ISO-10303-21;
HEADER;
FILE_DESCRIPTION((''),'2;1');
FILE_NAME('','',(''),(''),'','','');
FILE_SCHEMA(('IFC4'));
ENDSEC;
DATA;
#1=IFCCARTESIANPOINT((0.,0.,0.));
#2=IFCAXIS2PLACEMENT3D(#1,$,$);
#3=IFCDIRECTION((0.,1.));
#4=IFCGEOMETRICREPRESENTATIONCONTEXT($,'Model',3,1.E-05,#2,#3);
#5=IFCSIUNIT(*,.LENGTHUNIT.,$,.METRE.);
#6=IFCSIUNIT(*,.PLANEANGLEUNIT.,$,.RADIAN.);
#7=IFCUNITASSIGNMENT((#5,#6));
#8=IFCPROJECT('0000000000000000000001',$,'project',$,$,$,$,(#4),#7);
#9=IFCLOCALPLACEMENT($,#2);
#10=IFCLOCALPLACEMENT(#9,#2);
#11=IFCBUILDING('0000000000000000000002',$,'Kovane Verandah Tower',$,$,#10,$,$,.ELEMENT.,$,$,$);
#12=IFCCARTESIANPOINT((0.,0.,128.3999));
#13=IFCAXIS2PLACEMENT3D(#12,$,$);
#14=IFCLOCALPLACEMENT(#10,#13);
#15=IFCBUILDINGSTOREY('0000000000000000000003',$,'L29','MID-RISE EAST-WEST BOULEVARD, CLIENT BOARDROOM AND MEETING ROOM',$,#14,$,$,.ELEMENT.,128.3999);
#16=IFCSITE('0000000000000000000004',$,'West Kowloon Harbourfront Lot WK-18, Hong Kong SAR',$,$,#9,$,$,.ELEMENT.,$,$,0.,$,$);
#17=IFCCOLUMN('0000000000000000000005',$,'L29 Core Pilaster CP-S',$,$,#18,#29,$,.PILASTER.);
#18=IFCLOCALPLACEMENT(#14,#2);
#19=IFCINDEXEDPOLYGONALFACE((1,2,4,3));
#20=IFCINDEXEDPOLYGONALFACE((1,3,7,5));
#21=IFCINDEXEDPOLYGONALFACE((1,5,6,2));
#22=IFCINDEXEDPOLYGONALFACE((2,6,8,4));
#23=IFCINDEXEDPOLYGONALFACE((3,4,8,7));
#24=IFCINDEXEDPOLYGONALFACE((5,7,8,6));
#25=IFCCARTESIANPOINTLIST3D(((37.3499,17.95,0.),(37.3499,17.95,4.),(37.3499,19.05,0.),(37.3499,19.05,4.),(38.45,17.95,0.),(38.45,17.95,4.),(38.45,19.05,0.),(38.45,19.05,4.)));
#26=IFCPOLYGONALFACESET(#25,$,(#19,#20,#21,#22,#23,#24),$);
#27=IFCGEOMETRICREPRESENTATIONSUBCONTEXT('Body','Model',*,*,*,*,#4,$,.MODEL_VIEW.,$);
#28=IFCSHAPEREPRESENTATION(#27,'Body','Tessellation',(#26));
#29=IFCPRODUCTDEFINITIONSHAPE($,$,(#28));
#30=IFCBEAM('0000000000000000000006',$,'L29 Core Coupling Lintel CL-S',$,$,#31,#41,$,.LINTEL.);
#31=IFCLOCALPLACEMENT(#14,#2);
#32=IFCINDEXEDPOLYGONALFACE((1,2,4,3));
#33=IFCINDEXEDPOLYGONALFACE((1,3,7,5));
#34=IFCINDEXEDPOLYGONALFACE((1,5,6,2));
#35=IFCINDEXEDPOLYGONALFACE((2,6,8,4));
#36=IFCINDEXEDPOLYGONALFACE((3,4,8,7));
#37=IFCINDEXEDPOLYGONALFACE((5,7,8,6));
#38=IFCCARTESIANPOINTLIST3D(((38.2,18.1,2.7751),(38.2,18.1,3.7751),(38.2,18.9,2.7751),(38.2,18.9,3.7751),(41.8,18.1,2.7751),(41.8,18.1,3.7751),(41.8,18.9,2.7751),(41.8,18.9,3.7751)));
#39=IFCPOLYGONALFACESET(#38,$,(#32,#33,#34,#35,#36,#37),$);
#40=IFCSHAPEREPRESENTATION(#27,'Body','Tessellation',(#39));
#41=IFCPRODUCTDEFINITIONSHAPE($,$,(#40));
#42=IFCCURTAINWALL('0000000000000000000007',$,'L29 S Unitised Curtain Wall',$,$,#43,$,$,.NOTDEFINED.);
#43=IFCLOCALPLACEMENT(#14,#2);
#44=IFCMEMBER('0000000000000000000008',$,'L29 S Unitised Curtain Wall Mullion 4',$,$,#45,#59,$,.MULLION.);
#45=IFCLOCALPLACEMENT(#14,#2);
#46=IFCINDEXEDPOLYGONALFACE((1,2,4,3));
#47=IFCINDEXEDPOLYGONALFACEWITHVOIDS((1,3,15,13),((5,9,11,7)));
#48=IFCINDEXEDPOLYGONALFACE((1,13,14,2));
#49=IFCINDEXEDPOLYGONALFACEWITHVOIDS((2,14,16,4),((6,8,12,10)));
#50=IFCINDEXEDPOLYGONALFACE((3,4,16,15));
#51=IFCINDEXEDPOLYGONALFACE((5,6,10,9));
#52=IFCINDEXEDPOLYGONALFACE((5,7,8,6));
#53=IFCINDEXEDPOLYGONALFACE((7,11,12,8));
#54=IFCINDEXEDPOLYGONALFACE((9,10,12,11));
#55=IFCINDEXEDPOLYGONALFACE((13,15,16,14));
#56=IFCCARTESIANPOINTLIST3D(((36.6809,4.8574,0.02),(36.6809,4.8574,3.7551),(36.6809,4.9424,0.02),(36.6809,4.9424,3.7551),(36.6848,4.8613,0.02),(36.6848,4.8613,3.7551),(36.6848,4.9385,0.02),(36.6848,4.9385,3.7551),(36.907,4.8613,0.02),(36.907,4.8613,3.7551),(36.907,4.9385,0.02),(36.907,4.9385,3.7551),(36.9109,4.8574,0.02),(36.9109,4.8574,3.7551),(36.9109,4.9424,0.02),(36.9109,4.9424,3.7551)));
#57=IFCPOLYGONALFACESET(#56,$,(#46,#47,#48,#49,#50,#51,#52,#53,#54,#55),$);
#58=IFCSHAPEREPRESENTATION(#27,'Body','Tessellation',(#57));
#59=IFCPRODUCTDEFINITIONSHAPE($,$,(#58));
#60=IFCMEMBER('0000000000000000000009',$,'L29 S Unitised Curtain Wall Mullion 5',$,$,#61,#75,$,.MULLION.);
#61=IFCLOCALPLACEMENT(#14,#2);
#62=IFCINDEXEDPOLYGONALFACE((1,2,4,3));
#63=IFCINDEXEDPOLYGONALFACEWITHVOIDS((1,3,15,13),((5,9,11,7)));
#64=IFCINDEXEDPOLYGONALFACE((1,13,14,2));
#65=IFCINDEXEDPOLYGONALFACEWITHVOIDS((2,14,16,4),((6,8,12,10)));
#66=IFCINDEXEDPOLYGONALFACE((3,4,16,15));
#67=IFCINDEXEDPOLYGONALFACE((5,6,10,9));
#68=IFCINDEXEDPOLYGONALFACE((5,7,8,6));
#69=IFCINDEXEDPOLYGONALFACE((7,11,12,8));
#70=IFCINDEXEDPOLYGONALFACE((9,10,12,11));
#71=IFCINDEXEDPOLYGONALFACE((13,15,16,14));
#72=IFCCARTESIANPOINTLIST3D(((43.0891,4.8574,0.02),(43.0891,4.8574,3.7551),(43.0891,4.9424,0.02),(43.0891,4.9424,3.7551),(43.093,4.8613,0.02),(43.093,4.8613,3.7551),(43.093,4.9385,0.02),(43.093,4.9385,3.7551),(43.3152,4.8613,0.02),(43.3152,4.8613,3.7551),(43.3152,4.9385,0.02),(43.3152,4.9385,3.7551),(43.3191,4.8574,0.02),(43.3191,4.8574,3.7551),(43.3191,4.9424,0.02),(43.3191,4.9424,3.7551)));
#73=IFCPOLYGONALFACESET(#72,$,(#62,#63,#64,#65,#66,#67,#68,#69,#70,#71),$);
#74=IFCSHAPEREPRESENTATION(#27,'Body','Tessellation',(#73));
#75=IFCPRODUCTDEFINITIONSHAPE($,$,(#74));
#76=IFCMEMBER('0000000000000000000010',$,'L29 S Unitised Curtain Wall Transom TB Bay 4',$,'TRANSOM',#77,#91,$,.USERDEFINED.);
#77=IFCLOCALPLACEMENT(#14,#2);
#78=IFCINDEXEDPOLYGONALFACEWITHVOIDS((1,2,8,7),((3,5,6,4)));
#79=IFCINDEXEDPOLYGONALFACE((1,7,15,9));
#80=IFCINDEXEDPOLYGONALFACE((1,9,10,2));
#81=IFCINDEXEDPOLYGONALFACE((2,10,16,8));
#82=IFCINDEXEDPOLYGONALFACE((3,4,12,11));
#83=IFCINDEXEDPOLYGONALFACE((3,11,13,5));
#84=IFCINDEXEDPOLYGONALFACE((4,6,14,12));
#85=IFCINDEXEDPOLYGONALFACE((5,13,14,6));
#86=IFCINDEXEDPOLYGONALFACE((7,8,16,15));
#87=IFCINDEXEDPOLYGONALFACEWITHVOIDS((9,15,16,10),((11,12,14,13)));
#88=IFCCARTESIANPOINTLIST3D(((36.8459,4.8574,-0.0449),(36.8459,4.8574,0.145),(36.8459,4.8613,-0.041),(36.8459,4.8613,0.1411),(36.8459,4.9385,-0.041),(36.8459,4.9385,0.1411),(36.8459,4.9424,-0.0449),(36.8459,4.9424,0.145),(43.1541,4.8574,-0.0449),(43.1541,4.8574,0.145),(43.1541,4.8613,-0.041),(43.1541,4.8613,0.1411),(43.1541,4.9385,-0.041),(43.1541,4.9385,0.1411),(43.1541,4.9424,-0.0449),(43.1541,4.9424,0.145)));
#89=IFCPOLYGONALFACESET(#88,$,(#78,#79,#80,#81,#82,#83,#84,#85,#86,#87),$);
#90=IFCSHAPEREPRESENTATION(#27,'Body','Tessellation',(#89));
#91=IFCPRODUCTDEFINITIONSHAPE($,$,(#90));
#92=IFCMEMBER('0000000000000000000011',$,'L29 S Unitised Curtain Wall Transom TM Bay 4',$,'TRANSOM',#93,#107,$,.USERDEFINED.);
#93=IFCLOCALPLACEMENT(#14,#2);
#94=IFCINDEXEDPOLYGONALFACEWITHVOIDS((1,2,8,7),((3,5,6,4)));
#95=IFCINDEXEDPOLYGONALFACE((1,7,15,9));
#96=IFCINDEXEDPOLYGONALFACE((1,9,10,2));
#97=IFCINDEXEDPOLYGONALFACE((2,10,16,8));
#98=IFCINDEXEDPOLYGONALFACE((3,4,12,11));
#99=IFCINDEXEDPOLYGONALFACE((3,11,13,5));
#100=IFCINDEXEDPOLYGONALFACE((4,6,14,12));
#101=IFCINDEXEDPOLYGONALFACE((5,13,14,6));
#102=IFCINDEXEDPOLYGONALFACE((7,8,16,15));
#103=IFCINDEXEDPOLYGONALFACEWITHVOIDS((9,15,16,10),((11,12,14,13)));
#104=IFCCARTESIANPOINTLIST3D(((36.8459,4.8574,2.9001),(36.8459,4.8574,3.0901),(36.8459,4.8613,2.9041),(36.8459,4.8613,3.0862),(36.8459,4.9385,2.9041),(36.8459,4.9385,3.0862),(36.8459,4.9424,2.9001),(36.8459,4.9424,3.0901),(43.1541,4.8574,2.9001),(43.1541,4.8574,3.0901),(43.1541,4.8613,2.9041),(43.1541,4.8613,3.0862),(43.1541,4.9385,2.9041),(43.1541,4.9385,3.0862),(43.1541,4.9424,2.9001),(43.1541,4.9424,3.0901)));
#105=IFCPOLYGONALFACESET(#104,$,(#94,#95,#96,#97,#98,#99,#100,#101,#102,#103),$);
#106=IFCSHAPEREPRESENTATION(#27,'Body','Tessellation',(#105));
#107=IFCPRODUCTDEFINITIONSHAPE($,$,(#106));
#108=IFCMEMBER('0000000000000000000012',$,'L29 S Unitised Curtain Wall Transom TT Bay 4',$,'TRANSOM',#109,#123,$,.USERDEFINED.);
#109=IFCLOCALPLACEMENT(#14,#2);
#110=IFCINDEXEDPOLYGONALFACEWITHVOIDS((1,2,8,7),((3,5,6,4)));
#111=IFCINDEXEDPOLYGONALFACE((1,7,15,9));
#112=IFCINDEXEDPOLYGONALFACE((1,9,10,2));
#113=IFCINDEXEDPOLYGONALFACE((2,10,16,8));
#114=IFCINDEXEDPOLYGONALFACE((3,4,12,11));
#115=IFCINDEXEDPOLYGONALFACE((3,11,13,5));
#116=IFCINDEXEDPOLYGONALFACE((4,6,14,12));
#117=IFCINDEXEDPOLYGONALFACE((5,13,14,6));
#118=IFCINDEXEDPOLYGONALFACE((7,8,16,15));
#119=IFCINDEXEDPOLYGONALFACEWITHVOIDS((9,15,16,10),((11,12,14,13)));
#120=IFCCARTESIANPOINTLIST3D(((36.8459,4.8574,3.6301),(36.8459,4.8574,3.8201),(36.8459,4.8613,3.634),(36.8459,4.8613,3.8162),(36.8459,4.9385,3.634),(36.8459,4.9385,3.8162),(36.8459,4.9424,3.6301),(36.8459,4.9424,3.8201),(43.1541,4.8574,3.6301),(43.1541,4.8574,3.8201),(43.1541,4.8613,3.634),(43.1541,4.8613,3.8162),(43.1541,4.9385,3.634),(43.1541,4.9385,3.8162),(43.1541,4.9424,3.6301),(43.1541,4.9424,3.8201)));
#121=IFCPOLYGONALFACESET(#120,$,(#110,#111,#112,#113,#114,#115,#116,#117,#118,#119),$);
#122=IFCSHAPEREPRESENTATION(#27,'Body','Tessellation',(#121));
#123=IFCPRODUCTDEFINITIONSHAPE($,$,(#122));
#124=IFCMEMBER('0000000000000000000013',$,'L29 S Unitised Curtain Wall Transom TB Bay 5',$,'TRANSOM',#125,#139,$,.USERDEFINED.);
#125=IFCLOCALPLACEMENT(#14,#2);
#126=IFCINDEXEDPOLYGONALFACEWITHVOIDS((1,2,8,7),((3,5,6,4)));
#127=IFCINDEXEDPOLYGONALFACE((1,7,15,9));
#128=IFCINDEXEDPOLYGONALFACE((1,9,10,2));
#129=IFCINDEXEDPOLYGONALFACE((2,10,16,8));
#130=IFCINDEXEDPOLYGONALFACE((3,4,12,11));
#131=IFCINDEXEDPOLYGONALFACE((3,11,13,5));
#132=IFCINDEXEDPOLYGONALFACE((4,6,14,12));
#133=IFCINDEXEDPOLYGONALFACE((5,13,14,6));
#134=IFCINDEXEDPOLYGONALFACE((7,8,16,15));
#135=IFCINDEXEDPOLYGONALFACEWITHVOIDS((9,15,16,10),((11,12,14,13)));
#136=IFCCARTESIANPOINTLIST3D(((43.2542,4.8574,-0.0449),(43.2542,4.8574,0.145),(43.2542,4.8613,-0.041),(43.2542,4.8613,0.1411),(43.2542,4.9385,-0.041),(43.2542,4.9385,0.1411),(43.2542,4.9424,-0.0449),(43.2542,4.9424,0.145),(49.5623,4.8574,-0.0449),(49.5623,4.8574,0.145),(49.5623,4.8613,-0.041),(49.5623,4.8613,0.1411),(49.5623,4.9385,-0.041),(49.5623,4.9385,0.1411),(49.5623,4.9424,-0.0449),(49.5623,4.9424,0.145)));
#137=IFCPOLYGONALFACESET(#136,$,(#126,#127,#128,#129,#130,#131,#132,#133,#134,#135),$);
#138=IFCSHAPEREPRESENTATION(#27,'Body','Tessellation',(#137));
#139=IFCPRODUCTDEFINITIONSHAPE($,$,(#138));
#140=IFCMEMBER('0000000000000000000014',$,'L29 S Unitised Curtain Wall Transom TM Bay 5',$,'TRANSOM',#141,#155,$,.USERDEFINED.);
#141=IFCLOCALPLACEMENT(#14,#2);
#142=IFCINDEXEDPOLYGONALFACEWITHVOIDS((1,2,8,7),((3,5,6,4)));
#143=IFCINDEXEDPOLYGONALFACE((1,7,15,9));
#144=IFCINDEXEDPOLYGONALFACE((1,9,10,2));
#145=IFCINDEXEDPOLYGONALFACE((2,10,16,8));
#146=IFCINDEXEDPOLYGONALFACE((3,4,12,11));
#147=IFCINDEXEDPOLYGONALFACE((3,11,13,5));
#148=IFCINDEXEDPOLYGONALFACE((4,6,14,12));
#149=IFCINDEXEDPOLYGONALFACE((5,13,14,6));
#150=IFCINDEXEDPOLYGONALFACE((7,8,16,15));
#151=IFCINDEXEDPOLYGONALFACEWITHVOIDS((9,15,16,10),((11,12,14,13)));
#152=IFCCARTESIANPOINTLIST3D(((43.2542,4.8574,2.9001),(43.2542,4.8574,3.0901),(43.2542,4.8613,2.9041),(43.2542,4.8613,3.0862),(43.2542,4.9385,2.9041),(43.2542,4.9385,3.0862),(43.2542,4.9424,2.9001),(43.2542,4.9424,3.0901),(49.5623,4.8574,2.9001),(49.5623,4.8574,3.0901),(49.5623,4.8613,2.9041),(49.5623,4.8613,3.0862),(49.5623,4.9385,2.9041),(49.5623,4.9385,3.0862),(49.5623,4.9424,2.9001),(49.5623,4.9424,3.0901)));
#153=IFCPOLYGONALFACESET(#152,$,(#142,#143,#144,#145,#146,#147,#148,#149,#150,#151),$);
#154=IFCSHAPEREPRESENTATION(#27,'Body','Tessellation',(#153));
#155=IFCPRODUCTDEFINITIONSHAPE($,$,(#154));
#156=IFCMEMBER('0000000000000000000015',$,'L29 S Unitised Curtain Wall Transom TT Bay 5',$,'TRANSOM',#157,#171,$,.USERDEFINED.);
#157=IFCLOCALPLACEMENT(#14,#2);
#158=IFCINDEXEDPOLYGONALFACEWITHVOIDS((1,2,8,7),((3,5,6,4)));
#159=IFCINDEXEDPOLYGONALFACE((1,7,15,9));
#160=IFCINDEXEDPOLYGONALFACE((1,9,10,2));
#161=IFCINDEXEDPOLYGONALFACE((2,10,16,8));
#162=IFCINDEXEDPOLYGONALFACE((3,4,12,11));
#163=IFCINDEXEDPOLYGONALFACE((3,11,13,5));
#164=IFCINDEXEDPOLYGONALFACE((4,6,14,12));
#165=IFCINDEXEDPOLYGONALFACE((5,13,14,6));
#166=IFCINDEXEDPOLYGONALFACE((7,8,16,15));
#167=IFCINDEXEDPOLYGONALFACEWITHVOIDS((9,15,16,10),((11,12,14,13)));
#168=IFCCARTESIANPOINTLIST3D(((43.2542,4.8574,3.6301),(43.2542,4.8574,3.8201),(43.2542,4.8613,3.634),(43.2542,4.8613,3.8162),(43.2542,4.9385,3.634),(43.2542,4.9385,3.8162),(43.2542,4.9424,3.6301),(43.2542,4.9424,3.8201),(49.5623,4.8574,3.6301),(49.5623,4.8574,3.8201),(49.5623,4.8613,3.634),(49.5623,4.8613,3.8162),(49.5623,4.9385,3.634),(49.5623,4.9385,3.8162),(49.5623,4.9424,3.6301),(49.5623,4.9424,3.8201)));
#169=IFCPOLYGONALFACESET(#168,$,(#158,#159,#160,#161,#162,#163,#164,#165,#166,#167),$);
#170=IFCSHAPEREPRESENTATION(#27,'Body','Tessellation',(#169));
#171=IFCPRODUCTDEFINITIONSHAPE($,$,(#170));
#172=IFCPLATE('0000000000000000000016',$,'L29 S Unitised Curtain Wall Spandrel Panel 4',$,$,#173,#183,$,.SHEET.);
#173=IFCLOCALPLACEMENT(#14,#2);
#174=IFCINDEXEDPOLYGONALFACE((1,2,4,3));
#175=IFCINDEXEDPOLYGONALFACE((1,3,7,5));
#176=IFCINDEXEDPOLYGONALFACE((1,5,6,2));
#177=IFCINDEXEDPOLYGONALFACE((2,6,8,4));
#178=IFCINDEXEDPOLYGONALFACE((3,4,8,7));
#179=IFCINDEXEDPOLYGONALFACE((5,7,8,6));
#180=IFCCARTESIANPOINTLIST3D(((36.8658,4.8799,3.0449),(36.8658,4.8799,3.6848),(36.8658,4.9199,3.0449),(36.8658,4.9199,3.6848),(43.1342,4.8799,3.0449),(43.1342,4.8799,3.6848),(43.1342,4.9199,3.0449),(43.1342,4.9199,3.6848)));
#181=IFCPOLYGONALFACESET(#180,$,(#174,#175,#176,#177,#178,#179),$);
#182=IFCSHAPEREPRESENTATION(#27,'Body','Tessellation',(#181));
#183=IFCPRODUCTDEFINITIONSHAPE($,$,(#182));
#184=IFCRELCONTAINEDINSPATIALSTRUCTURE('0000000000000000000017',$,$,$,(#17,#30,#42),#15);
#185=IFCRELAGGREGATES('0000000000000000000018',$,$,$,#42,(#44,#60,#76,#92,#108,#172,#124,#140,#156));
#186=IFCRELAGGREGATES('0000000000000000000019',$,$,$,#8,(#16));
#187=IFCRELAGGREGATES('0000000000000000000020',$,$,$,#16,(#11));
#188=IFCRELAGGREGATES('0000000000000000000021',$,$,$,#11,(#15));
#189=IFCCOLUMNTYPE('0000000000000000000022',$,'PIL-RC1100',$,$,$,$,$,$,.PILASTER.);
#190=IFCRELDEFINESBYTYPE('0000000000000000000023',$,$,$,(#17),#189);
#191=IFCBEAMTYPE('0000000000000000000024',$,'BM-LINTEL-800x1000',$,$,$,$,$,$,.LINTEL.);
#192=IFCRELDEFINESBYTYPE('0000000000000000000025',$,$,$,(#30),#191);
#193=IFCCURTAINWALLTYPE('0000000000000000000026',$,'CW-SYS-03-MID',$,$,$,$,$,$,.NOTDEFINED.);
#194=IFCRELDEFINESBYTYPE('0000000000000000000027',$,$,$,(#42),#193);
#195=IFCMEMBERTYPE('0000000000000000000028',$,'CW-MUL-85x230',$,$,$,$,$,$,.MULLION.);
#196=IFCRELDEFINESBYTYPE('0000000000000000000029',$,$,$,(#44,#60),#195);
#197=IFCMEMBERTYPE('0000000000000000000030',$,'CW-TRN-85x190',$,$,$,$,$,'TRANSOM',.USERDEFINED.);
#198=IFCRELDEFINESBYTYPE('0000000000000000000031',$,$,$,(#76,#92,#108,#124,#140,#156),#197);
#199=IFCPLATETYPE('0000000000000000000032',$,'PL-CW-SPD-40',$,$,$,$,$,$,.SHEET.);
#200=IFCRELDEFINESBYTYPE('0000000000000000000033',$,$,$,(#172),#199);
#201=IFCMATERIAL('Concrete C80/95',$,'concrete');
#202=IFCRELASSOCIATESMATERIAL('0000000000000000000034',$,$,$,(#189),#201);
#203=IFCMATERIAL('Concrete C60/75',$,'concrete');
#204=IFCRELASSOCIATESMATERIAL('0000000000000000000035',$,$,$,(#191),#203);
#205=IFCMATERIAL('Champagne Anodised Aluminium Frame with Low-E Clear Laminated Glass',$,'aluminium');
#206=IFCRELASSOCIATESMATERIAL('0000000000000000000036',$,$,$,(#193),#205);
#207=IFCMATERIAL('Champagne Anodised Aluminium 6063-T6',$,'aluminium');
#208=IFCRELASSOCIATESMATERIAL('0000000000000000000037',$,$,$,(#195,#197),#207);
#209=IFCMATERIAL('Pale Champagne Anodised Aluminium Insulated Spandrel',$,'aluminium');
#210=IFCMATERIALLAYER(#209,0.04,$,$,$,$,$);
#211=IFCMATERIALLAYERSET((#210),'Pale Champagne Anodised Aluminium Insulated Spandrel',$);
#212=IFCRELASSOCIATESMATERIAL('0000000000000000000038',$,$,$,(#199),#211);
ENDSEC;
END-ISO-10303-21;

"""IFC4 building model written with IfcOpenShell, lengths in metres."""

from ifc_helpers import new_model, si_unit, direction, frame, origin, origin_2d, place, context, subcontext, project, spatial, rectangle, hollow_rectangle, extrude, material, layer, layer_set, material_profile, profile_set, type_object, element, aggregate, save


model = new_model("IFC4")

# Units and contexts
model_context = context("Model", 3, precision=1e-05, world=origin(), true_north=direction((0.0, 1.0)))
body_context = subcontext(model_context, "Body", "Model", "MODEL_VIEW")
ifc_project = project(units=[si_unit("LENGTHUNIT", "METRE"), si_unit("PLANEANGLEUNIT", "RADIAN")], contexts=[model_context])

# Site, building, storey
site_placement = place(None, origin())
site = spatial("IfcSite", under=ifc_project, at=site_placement, Name="West Kowloon Harbourfront Lot WK-18, Hong Kong SAR", CompositionType="ELEMENT", RefElevation=0.0)
building_placement = place(site_placement, origin())
building = spatial("IfcBuilding", under=site, at=building_placement, Name="Kovane Verandah Tower", CompositionType="ELEMENT")
storey_placement = place(building_placement, frame((0.0, 0.0, 128.3999)))
storey = spatial("IfcBuildingStorey", under=building, at=storey_placement, Name="L29", Description="MID-RISE EAST-WEST BOULEVARD, CLIENT BOARDROOM AND MEETING ROOM", CompositionType="ELEMENT", Elevation=128.3999)

# Column
ifc_material_1 = material(Name="Concrete C80/95", Category="concrete")
ifc_material_profile_1 = material_profile(ifc_material_1, rectangle(XDim=1.1001, YDim=1.1001, at=origin_2d()), Name="RC1100x1100")
ifc_profile_set_1 = profile_set([ifc_material_profile_1], Name="Concrete C80/95")
column_type = type_object("IfcColumnType", Name="PIL-RC1100", PredefinedType="PILASTER", material=ifc_profile_set_1)
column_placement = place(storey_placement, frame((37.8999, 18.5, 0.0), z_axis=(0.0, 0.0, 1.0), x_axis=(1.0, 0.0, 0.0)))
element("IfcColumn", 1, at=column_placement, inside=storey, type_object=column_type, Name="L29 Core Pilaster CP-S", PredefinedType="PILASTER", context=body_context, shape_type="SweptSolid", body=[
    extrude(rectangle(XDim=1.1001, YDim=1.1001, at=origin_2d()), origin(), (0.0, 0.0, 1.0), 4.0),
])

# Beam
ifc_material_2 = material(Name="Concrete C60/75", Category="concrete")
ifc_material_profile_2 = material_profile(ifc_material_2, rectangle(XDim=0.8, YDim=1.0, at=origin_2d()), Name="RCB800x1000")
ifc_profile_set_2 = profile_set([ifc_material_profile_2], Name="Concrete C60/75")
beam_type = type_object("IfcBeamType", Name="BM-LINTEL-800x1000", PredefinedType="LINTEL", material=ifc_profile_set_2)
beam_placement = place(storey_placement, frame((38.2, 18.5, 3.2751), z_axis=(1.0, 0.0, 0.0), x_axis=(0.0, 1.0, 0.0)))
element("IfcBeam", 2, at=beam_placement, inside=storey, type_object=beam_type, Name="L29 Core Coupling Lintel CL-S", PredefinedType="LINTEL", context=body_context, shape_type="SweptSolid", body=[
    extrude(rectangle(XDim=0.8, YDim=1.0, at=origin_2d()), origin(), (0.0, 0.0, 1.0), 3.6001),
])

# Curtain wall, members, plate
ifc_material_3 = material(Name="Champagne Anodised Aluminium Frame with Low-E Clear Laminated Glass", Category="aluminium")
curtain_wall_type = type_object("IfcCurtainWallType", Name="CW-SYS-03-MID", PredefinedType="NOTDEFINED", material=ifc_material_3)
curtain_wall_placement = place(storey_placement, origin())
curtain_wall = element("IfcCurtainWall", 3, at=curtain_wall_placement, inside=storey, type_object=curtain_wall_type, Name="L29 S Unitised Curtain Wall", PredefinedType="NOTDEFINED")
ifc_material_4 = material(Name="Champagne Anodised Aluminium 6063-T6", Category="aluminium")
ifc_material_profile_3 = material_profile(ifc_material_4, hollow_rectangle(XDim=0.085, YDim=0.23, WallThickness=0.0039, at=origin_2d()), Name="AL85x230x4")
ifc_profile_set_3 = profile_set([ifc_material_profile_3], Name="Champagne Anodised Aluminium 6063-T6")
member_type_1 = type_object("IfcMemberType", Name="CW-MUL-85x230", PredefinedType="MULLION", material=ifc_profile_set_3)
member_1_placement = place(storey_placement, frame((36.7959, 4.8999, 0.02), z_axis=(0.0, 0.0, 1.0), x_axis=(0.0, -1.0, 0.0)))
member_1 = element("IfcMember", 4, at=member_1_placement, type_object=member_type_1, Name="L29 S Unitised Curtain Wall Mullion 4", PredefinedType="MULLION", context=body_context, shape_type="SweptSolid", body=[
    extrude(hollow_rectangle(XDim=0.085, YDim=0.23, WallThickness=0.0039, at=origin_2d()), origin(), (0.0, 0.0, 1.0), 3.7351),
])
member_2_placement = place(storey_placement, frame((43.2041, 4.8999, 0.02), z_axis=(0.0, 0.0, 1.0), x_axis=(0.0, -1.0, 0.0)))
member_2 = element("IfcMember", 5, at=member_2_placement, type_object=member_type_1, Name="L29 S Unitised Curtain Wall Mullion 5", PredefinedType="MULLION", context=body_context, shape_type="SweptSolid", body=[
    extrude(hollow_rectangle(XDim=0.085, YDim=0.23, WallThickness=0.0039, at=origin_2d()), origin(), (0.0, 0.0, 1.0), 3.7351),
])
ifc_material_profile_4 = material_profile(ifc_material_4, hollow_rectangle(XDim=0.085, YDim=0.1899, WallThickness=0.0039, at=origin_2d()), Name="AL85x190x4")
ifc_profile_set_4 = profile_set([ifc_material_profile_4], Name="Champagne Anodised Aluminium 6063-T6")
member_type_2 = type_object("IfcMemberType", Name="CW-TRN-85x190", ElementType="TRANSOM", PredefinedType="USERDEFINED", material=ifc_profile_set_4)
member_3_placement = place(storey_placement, frame((36.8459, 4.8999, 0.05), z_axis=(1.0, 0.0, 0.0), x_axis=(0.0, 1.0, 0.0)))
member_3 = element("IfcMember", 6, at=member_3_placement, type_object=member_type_2, Name="L29 S Unitised Curtain Wall Transom TB Bay 4", ObjectType="TRANSOM", PredefinedType="USERDEFINED", context=body_context, shape_type="SweptSolid", body=[
    extrude(hollow_rectangle(XDim=0.085, YDim=0.1899, WallThickness=0.0039, at=origin_2d()), origin(), (0.0, 0.0, 1.0), 6.3081),
])
member_4_placement = place(storey_placement, frame((36.8459, 4.8999, 2.9951), z_axis=(1.0, 0.0, 0.0), x_axis=(0.0, 1.0, 0.0)))
member_4 = element("IfcMember", 7, at=member_4_placement, type_object=member_type_2, Name="L29 S Unitised Curtain Wall Transom TM Bay 4", ObjectType="TRANSOM", PredefinedType="USERDEFINED", context=body_context, shape_type="SweptSolid", body=[
    extrude(hollow_rectangle(XDim=0.085, YDim=0.1899, WallThickness=0.0039, at=origin_2d()), origin(), (0.0, 0.0, 1.0), 6.3081),
])
member_5_placement = place(storey_placement, frame((36.8459, 4.8999, 3.7251), z_axis=(1.0, 0.0, 0.0), x_axis=(0.0, 1.0, 0.0)))
member_5 = element("IfcMember", 8, at=member_5_placement, type_object=member_type_2, Name="L29 S Unitised Curtain Wall Transom TT Bay 4", ObjectType="TRANSOM", PredefinedType="USERDEFINED", context=body_context, shape_type="SweptSolid", body=[
    extrude(hollow_rectangle(XDim=0.085, YDim=0.1899, WallThickness=0.0039, at=origin_2d()), origin(), (0.0, 0.0, 1.0), 6.3081),
])
member_6_placement = place(storey_placement, frame((43.2542, 4.8999, 0.05), z_axis=(1.0, 0.0, 0.0), x_axis=(0.0, 1.0, 0.0)))
member_6 = element("IfcMember", 9, at=member_6_placement, type_object=member_type_2, Name="L29 S Unitised Curtain Wall Transom TB Bay 5", ObjectType="TRANSOM", PredefinedType="USERDEFINED", context=body_context, shape_type="SweptSolid", body=[
    extrude(hollow_rectangle(XDim=0.085, YDim=0.1899, WallThickness=0.0039, at=origin_2d()), origin(), (0.0, 0.0, 1.0), 6.3081),
])
member_7_placement = place(storey_placement, frame((43.2542, 4.8999, 2.9951), z_axis=(1.0, 0.0, 0.0), x_axis=(0.0, 1.0, 0.0)))
member_7 = element("IfcMember", 10, at=member_7_placement, type_object=member_type_2, Name="L29 S Unitised Curtain Wall Transom TM Bay 5", ObjectType="TRANSOM", PredefinedType="USERDEFINED", context=body_context, shape_type="SweptSolid", body=[
    extrude(hollow_rectangle(XDim=0.085, YDim=0.1899, WallThickness=0.0039, at=origin_2d()), origin(), (0.0, 0.0, 1.0), 6.3081),
])
member_8_placement = place(storey_placement, frame((43.2542, 4.8999, 3.7251), z_axis=(1.0, 0.0, 0.0), x_axis=(0.0, 1.0, 0.0)))
member_8 = element("IfcMember", 11, at=member_8_placement, type_object=member_type_2, Name="L29 S Unitised Curtain Wall Transom TT Bay 5", ObjectType="TRANSOM", PredefinedType="USERDEFINED", context=body_context, shape_type="SweptSolid", body=[
    extrude(hollow_rectangle(XDim=0.085, YDim=0.1899, WallThickness=0.0039, at=origin_2d()), origin(), (0.0, 0.0, 1.0), 6.3081),
])
ifc_material_5 = material(Name="Pale Champagne Anodised Aluminium Insulated Spandrel", Category="aluminium")
ifc_layer_1 = layer(ifc_material_5, 0.04)
ifc_layer_set_1 = layer_set([ifc_layer_1], Name="Pale Champagne Anodised Aluminium Insulated Spandrel")
plate_type_1 = type_object("IfcPlateType", Name="PL-CW-SPD-40", PredefinedType="SHEET", material=ifc_layer_set_1)
plate_1_placement = place(storey_placement, frame((40.0, 4.8999, 3.0449), z_axis=(0.0, 0.0, 1.0), x_axis=(1.0, 0.0, 0.0)))
plate_1 = element("IfcPlate", 12, at=plate_1_placement, type_object=plate_type_1, Name="L29 S Unitised Curtain Wall Spandrel Panel 4", PredefinedType="SHEET", context=body_context, shape_type="SweptSolid", body=[
    extrude(rectangle(XDim=6.2683, YDim=0.04, at=origin_2d()), origin(), (0.0, 0.0, 1.0), 0.6399),
])
aggregate(curtain_wall, [member_1, member_2, member_3, member_4, member_5, plate_1, member_6, member_7, member_8])

save(model, "model.ifc")
